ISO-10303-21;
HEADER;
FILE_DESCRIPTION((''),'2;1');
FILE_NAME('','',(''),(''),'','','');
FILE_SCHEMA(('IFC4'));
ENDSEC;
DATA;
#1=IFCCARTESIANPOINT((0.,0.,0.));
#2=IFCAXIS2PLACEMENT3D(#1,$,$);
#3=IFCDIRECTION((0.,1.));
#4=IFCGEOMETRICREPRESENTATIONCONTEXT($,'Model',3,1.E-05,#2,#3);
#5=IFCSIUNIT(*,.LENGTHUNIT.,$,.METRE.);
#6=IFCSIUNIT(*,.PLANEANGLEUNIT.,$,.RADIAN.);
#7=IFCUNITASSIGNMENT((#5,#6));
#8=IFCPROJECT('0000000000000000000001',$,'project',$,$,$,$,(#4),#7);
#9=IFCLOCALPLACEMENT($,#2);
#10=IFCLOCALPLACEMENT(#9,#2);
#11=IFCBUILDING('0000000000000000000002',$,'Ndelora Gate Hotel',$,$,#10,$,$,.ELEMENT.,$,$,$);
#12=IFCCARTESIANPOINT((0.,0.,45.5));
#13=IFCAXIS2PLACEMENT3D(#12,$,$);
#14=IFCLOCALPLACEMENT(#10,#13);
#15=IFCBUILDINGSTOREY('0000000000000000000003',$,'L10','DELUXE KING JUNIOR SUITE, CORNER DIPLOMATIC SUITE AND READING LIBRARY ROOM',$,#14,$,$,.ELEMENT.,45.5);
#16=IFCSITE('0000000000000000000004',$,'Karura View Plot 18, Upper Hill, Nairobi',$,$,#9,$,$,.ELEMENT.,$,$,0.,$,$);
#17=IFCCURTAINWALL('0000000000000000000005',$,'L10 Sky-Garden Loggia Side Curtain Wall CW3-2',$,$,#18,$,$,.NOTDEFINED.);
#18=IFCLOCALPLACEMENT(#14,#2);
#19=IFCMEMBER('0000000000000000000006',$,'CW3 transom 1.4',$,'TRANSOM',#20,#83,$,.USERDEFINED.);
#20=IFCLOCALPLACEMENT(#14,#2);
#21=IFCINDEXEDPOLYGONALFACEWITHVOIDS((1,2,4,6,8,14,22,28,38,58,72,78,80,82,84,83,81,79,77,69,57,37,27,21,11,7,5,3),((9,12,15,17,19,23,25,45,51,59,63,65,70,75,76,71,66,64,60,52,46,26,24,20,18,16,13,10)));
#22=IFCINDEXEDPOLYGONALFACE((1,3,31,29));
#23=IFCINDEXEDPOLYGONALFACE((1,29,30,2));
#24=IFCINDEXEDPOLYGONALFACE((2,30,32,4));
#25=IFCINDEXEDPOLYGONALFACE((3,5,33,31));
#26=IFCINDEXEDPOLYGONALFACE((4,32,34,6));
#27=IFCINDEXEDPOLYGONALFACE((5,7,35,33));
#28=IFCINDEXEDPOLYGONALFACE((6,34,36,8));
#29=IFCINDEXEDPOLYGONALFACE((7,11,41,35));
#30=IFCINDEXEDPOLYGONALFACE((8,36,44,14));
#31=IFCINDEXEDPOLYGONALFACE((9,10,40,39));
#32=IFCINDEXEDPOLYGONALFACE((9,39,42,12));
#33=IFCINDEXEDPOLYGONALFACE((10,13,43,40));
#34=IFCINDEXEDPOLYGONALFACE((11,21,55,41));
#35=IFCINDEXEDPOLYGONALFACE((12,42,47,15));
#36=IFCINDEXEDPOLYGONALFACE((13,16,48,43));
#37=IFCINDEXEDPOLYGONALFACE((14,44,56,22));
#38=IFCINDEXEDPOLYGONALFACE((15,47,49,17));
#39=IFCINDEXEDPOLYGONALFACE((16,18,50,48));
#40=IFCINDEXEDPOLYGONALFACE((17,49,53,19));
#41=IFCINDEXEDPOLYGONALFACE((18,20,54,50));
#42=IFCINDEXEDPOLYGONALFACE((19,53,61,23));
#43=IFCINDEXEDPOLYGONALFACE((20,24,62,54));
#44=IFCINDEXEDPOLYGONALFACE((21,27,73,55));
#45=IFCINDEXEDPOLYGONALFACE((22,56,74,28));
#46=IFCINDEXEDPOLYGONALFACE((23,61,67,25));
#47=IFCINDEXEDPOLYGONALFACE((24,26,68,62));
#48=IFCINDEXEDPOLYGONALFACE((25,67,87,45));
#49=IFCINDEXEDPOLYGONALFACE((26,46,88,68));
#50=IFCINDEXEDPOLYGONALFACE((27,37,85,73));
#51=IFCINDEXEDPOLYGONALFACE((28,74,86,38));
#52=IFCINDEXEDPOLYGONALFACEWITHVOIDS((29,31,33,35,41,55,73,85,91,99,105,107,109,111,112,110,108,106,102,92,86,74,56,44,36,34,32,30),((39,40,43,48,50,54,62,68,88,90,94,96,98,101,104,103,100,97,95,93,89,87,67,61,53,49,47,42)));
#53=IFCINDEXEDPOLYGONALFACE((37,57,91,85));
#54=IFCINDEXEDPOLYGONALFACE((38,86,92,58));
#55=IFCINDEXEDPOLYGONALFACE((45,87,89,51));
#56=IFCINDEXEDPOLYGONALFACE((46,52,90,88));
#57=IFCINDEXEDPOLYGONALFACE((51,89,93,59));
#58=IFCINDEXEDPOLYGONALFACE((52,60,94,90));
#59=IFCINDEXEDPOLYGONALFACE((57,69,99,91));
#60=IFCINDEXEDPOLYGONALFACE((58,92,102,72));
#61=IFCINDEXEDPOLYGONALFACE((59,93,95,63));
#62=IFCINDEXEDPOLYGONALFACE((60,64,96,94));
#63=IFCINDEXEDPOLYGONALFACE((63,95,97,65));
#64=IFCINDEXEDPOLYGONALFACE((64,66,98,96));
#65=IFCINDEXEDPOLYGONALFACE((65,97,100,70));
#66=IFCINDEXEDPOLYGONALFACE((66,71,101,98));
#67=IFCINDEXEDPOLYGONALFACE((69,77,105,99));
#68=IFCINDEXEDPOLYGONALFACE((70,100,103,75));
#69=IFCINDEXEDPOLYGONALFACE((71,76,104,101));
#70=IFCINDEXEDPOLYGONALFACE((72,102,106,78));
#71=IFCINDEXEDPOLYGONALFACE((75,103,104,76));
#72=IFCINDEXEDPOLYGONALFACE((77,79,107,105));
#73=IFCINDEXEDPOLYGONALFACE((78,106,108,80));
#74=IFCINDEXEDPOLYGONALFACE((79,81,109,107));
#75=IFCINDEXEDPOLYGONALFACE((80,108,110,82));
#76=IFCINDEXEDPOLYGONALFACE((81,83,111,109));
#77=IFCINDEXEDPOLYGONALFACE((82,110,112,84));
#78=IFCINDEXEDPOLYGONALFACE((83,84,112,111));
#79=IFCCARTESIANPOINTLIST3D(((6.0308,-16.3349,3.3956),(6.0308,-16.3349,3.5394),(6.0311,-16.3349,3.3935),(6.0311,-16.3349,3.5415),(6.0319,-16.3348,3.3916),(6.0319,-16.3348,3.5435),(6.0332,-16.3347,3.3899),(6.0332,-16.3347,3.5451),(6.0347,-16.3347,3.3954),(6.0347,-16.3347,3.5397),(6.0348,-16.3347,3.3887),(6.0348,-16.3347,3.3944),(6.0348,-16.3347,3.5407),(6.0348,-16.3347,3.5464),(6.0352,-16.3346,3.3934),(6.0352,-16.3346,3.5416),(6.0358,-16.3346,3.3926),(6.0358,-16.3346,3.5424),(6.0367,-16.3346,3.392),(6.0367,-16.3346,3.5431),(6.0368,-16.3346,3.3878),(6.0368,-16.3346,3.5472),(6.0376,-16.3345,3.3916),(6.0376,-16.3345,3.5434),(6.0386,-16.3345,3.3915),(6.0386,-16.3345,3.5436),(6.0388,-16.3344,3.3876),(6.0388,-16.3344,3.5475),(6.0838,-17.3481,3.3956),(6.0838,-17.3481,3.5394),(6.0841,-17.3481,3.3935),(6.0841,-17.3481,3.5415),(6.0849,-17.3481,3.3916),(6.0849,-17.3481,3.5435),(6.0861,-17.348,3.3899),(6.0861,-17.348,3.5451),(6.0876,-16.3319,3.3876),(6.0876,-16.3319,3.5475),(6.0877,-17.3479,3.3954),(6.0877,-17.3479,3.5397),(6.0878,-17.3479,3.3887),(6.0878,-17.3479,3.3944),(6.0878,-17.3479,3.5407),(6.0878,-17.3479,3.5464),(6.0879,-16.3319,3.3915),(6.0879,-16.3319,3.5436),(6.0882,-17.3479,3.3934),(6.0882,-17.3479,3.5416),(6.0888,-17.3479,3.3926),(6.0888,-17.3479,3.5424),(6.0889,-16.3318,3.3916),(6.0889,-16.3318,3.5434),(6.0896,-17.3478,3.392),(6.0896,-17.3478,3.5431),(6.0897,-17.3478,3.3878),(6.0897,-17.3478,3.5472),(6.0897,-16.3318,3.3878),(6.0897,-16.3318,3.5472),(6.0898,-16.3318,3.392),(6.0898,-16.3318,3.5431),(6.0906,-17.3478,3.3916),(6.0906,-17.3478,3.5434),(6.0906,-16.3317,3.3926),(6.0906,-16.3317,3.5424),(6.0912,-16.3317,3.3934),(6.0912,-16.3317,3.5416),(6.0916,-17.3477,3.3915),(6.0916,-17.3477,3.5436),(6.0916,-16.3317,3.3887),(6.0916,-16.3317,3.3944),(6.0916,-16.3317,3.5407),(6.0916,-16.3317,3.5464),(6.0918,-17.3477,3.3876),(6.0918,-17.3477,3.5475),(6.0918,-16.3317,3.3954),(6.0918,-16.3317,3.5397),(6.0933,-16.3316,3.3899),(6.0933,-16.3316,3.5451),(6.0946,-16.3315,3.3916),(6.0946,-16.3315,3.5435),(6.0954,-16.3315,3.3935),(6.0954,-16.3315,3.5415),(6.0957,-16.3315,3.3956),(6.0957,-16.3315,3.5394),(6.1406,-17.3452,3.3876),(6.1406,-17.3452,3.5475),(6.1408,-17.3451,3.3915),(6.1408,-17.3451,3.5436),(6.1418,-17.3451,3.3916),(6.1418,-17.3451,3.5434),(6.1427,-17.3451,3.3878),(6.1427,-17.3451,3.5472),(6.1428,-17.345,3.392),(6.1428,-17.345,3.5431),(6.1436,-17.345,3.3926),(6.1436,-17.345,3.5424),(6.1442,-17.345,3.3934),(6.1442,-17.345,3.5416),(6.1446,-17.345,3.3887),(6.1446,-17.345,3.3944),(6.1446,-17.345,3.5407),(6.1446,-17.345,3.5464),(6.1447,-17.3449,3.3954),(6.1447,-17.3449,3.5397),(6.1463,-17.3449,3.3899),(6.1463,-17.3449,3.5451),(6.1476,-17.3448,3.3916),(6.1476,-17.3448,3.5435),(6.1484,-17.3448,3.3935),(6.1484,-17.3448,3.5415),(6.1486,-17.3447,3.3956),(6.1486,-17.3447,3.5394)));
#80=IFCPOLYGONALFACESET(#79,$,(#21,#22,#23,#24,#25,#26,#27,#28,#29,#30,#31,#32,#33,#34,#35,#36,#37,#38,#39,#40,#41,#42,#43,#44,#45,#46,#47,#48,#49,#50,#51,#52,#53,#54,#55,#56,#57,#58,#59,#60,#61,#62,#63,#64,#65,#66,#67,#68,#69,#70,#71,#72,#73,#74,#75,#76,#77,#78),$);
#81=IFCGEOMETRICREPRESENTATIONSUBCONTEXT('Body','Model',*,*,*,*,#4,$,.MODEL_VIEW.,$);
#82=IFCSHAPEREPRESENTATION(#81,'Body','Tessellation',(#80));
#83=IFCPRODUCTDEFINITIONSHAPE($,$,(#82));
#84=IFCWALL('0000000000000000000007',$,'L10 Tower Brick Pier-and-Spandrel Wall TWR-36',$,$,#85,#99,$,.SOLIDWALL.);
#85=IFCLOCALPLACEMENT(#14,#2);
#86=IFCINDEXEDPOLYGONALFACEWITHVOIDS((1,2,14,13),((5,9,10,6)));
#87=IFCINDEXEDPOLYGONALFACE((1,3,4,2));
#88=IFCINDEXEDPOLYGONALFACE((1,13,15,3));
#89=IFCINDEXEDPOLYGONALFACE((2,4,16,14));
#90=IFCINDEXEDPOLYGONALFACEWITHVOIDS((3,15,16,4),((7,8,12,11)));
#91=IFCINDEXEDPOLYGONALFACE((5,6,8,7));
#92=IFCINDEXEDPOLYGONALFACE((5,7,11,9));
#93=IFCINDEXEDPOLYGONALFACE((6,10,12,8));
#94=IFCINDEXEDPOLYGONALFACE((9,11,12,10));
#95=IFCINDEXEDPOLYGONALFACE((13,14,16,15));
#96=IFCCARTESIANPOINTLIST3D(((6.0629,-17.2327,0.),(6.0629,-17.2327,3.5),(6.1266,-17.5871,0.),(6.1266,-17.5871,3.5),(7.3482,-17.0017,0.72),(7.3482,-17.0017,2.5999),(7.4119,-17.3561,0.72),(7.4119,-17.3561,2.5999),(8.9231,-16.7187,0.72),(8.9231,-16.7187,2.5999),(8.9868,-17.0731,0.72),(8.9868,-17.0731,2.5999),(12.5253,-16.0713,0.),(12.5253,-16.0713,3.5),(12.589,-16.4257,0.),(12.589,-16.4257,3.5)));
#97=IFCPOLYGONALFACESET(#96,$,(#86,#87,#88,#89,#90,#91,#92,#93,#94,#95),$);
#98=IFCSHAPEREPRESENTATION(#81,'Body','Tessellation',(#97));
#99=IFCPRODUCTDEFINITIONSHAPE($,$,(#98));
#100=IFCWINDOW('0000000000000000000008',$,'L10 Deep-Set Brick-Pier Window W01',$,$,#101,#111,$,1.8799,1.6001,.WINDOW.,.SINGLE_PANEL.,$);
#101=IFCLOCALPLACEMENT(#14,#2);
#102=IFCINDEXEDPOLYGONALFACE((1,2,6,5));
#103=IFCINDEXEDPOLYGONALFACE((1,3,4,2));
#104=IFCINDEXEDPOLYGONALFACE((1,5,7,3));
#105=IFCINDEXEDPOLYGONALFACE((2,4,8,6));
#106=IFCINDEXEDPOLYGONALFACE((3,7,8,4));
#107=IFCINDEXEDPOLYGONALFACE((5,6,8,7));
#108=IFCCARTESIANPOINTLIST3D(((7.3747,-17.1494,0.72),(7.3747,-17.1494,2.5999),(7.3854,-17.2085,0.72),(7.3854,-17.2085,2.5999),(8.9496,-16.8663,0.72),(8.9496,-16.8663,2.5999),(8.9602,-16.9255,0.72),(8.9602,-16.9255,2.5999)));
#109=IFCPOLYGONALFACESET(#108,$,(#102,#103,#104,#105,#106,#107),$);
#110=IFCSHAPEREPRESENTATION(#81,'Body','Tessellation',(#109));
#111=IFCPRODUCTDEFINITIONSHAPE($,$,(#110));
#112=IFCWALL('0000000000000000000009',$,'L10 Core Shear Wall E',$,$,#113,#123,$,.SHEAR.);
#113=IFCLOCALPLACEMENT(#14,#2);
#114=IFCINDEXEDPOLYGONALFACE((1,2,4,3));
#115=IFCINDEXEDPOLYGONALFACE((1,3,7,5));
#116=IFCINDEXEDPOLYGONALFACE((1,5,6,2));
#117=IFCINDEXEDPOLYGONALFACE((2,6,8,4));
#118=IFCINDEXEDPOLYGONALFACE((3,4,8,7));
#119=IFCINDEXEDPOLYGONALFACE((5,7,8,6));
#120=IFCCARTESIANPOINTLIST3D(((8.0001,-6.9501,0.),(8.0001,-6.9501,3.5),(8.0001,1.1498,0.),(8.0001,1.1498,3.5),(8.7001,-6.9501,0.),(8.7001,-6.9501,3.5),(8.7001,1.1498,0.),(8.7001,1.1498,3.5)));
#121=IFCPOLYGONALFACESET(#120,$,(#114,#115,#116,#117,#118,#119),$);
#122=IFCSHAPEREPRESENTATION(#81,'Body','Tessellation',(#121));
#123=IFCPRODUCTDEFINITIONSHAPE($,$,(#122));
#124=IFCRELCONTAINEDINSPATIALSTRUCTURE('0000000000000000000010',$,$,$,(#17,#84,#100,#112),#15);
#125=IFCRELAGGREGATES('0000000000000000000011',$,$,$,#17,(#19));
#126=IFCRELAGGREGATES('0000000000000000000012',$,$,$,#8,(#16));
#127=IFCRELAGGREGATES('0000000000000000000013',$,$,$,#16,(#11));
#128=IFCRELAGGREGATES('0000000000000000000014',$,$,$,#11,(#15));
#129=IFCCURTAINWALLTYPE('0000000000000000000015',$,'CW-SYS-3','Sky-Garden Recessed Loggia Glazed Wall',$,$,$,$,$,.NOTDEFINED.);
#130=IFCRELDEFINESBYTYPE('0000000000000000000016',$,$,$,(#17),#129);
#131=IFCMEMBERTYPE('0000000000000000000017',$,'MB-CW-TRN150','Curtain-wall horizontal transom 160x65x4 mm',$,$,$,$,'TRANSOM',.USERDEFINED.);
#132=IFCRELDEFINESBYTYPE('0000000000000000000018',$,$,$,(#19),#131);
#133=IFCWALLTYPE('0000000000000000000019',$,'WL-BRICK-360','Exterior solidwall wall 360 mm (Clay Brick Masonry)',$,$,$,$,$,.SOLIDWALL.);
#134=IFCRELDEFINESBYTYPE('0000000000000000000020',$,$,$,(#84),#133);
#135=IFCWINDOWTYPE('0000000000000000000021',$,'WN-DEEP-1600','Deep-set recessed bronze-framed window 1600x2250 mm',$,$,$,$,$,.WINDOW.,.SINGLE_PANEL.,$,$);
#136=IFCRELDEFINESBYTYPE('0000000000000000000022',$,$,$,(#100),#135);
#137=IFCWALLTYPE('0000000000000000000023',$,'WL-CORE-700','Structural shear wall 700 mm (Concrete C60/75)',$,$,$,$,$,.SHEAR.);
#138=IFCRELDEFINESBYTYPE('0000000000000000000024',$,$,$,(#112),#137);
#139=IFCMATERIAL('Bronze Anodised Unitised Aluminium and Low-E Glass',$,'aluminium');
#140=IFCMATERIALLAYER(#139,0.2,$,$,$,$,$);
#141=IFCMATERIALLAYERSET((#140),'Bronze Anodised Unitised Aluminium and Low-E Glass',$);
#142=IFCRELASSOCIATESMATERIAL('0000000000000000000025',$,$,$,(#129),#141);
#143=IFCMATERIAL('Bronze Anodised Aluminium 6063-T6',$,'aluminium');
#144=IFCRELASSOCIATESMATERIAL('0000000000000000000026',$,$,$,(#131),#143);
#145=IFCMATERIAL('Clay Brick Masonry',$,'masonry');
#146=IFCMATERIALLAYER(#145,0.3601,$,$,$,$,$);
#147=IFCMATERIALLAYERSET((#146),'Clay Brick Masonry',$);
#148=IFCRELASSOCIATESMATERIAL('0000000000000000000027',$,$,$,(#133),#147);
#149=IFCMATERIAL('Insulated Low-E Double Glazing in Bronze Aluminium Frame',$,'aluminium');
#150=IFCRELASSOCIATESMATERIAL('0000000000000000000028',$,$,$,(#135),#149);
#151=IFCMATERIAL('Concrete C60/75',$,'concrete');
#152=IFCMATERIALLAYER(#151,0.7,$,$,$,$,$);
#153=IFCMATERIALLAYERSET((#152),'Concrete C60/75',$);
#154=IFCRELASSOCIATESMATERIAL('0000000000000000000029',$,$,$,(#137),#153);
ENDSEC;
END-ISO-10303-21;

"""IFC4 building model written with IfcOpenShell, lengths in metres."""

from ifc_helpers import new_model, si_unit, direction, frame, frame_2d, origin, origin_2d, place, context, subcontext, project, spatial, rectangle, hollow_rectangle, extrude, material, layer, layer_set, material_profile, profile_set, type_object, element, fill, aggregate, save


model = new_model("IFC4")

# Units and contexts
model_context = context("Model", 3, precision=1e-05, world=origin(), true_north=direction((0.0, 1.0)))
body_context = subcontext(model_context, "Body", "Model", "MODEL_VIEW")
ifc_project = project(units=[si_unit("LENGTHUNIT", "METRE"), si_unit("PLANEANGLEUNIT", "RADIAN")], contexts=[model_context])

# Site, building, storey
site_placement = place(None, origin())
site = spatial("IfcSite", under=ifc_project, at=site_placement, Name="Karura View Plot 18, Upper Hill, Nairobi", CompositionType="ELEMENT", RefElevation=0.0)
building_placement = place(site_placement, origin())
building = spatial("IfcBuilding", under=site, at=building_placement, Name="Ndelora Gate Hotel", CompositionType="ELEMENT")
storey_placement = place(building_placement, frame((0.0, 0.0, 45.5)))
storey = spatial("IfcBuildingStorey", under=building, at=storey_placement, Name="L10", Description="DELUXE KING JUNIOR SUITE, CORNER DIPLOMATIC SUITE AND READING LIBRARY ROOM", CompositionType="ELEMENT", Elevation=45.5)

# Shared definitions
ifc_material_1 = material(Name="Concrete C60/75", Category="concrete")

# Curtain wall, member
ifc_material_2 = material(Name="Bronze Anodised Unitised Aluminium and Low-E Glass", Category="aluminium")
ifc_layer_1 = layer(ifc_material_2, 0.2)
ifc_layer_set_1 = layer_set([ifc_layer_1], Name="Bronze Anodised Unitised Aluminium and Low-E Glass")
curtain_wall_type = type_object("IfcCurtainWallType", Name="CW-SYS-3", Description="Sky-Garden Recessed Loggia Glazed Wall", PredefinedType="NOTDEFINED", material=ifc_layer_set_1)
curtain_wall_placement = place(storey_placement, origin())
curtain_wall = element("IfcCurtainWall", 1, at=curtain_wall_placement, inside=storey, type_object=curtain_wall_type, Name="L10 Sky-Garden Loggia Side Curtain Wall CW3-2", PredefinedType="NOTDEFINED")
ifc_material_3 = material(Name="Bronze Anodised Aluminium 6063-T6", Category="aluminium")
ifc_material_profile_1 = material_profile(ifc_material_3, hollow_rectangle(XDim=0.0649, YDim=0.1599, WallThickness=0.0039, InnerFilletRadius=0.0039, OuterFilletRadius=0.0081, at=origin_2d()), Name="ALU 160x65x4")
ifc_profile_set_1 = profile_set([ifc_material_profile_1], Name="Bronze Anodised Aluminium 6063-T6")
member_type_1 = type_object("IfcMemberType", Name="MB-CW-TRN150", Description="Curtain-wall horizontal transom 160x65x4 mm", ElementType="TRANSOM", PredefinedType="USERDEFINED", material=ifc_profile_set_1)
member_1_placement = place(storey_placement, frame((6.1162, -17.3464, 3.4675), z_axis=(-0.052218, 0.998636, 0.0), x_axis=(-0.998636, -0.052218, 0.0)))
member_1 = element("IfcMember", 2, at=member_1_placement, type_object=member_type_1, Name="CW3 transom 1.4", ObjectType="TRANSOM", PredefinedType="USERDEFINED", context=body_context, shape_type="SweptSolid", body=[
    extrude(hollow_rectangle(XDim=0.0649, YDim=0.1599, WallThickness=0.0039, InnerFilletRadius=0.0039, OuterFilletRadius=0.0081, at=origin_2d()), origin(), (0.0, 0.0, 1.0), 1.0146),
])
aggregate(curtain_wall, [member_1])

# Wall, opening, window
ifc_material_4 = material(Name="Clay Brick Masonry", Category="masonry")
ifc_layer_2 = layer(ifc_material_4, 0.3601)
ifc_layer_set_2 = layer_set([ifc_layer_2], Name="Clay Brick Masonry")
wall_type_1 = type_object("IfcWallType", Name="WL-BRICK-360", Description="Exterior solidwall wall 360 mm (Clay Brick Masonry)", PredefinedType="SOLIDWALL", material=ifc_layer_set_2)
wall_1_placement = place(storey_placement, frame((12.5571, -16.2485, 0.0), z_axis=(0.0, 0.0, 1.0), x_axis=(-0.984233, -0.176879, 0.0)))
wall_1 = element("IfcWall", 3, at=wall_1_placement, inside=storey, type_object=wall_type_1, Name="L10 Tower Brick Pier-and-Spandrel Wall TWR-36", PredefinedType="SOLIDWALL", context=body_context, shape_type="SweptSolid", body=[
    extrude(rectangle(XDim=6.5659, YDim=0.3601, at=frame_2d((3.283, 0.0))), origin(), (0.0, 0.0, 1.0), 3.5),
])
opening_1_placement = place(wall_1_placement, frame((3.6599, 0.0, 0.72)))
opening_1 = element("IfcOpeningElement", 4, at=opening_1_placement, cuts=wall_1, PredefinedType="OPENING", context=body_context, shape_type="SweptSolid", body=[
    extrude(rectangle(XDim=1.6001, YDim=1.8799, at=frame_2d((0.8, 0.9399))), frame((0.0, 0.1899, 0.0), z_axis=(0.0, -1.0, 0.0), x_axis=(1.0, 0.0, 0.0)), (0.0, 0.0, 1.0), 0.3801),
])
ifc_material_5 = material(Name="Insulated Low-E Double Glazing in Bronze Aluminium Frame", Category="aluminium")
window_type = type_object("IfcWindowType", Name="WN-DEEP-1600", Description="Deep-set recessed bronze-framed window 1600x2250 mm", PartitioningType="SINGLE_PANEL", PredefinedType="WINDOW", material=ifc_material_5)
window_placement = place(opening_1_placement, origin())
window = element("IfcWindow", 5, at=window_placement, inside=storey, type_object=window_type, Name="L10 Deep-Set Brick-Pier Window W01", OverallHeight=1.8799, OverallWidth=1.6001, PartitioningType="SINGLE_PANEL", PredefinedType="WINDOW", context=body_context, shape_type="SweptSolid", body=[
    extrude(rectangle(XDim=1.6001, YDim=1.8799, at=frame_2d((0.8, 0.9399))), frame((0.0, 0.03, 0.0), z_axis=(0.0, -1.0, 0.0), x_axis=(1.0, 0.0, 0.0)), (0.0, 0.0, 1.0), 0.0601),
])
fill(opening_1, window)

# Wall
ifc_layer_3 = layer(ifc_material_1, 0.7)
ifc_layer_set_3 = layer_set([ifc_layer_3], Name="Concrete C60/75")
wall_type_2 = type_object("IfcWallType", Name="WL-CORE-700", Description="Structural shear wall 700 mm (Concrete C60/75)", PredefinedType="SHEAR", material=ifc_layer_set_3)
wall_2_placement = place(storey_placement, frame((8.3501, -6.95, 0.0), z_axis=(0.0, 0.0, 1.0), x_axis=(0.0, 1.0, 0.0)))
element("IfcWall", 6, at=wall_2_placement, inside=storey, type_object=wall_type_2, Name="L10 Core Shear Wall E", PredefinedType="SHEAR", context=body_context, shape_type="SweptSolid", body=[
    extrude(rectangle(XDim=8.0999, YDim=0.7, at=frame_2d((4.0498, 0.0))), origin(), (0.0, 0.0, 1.0), 3.5),
])

save(model, "model.ifc")
